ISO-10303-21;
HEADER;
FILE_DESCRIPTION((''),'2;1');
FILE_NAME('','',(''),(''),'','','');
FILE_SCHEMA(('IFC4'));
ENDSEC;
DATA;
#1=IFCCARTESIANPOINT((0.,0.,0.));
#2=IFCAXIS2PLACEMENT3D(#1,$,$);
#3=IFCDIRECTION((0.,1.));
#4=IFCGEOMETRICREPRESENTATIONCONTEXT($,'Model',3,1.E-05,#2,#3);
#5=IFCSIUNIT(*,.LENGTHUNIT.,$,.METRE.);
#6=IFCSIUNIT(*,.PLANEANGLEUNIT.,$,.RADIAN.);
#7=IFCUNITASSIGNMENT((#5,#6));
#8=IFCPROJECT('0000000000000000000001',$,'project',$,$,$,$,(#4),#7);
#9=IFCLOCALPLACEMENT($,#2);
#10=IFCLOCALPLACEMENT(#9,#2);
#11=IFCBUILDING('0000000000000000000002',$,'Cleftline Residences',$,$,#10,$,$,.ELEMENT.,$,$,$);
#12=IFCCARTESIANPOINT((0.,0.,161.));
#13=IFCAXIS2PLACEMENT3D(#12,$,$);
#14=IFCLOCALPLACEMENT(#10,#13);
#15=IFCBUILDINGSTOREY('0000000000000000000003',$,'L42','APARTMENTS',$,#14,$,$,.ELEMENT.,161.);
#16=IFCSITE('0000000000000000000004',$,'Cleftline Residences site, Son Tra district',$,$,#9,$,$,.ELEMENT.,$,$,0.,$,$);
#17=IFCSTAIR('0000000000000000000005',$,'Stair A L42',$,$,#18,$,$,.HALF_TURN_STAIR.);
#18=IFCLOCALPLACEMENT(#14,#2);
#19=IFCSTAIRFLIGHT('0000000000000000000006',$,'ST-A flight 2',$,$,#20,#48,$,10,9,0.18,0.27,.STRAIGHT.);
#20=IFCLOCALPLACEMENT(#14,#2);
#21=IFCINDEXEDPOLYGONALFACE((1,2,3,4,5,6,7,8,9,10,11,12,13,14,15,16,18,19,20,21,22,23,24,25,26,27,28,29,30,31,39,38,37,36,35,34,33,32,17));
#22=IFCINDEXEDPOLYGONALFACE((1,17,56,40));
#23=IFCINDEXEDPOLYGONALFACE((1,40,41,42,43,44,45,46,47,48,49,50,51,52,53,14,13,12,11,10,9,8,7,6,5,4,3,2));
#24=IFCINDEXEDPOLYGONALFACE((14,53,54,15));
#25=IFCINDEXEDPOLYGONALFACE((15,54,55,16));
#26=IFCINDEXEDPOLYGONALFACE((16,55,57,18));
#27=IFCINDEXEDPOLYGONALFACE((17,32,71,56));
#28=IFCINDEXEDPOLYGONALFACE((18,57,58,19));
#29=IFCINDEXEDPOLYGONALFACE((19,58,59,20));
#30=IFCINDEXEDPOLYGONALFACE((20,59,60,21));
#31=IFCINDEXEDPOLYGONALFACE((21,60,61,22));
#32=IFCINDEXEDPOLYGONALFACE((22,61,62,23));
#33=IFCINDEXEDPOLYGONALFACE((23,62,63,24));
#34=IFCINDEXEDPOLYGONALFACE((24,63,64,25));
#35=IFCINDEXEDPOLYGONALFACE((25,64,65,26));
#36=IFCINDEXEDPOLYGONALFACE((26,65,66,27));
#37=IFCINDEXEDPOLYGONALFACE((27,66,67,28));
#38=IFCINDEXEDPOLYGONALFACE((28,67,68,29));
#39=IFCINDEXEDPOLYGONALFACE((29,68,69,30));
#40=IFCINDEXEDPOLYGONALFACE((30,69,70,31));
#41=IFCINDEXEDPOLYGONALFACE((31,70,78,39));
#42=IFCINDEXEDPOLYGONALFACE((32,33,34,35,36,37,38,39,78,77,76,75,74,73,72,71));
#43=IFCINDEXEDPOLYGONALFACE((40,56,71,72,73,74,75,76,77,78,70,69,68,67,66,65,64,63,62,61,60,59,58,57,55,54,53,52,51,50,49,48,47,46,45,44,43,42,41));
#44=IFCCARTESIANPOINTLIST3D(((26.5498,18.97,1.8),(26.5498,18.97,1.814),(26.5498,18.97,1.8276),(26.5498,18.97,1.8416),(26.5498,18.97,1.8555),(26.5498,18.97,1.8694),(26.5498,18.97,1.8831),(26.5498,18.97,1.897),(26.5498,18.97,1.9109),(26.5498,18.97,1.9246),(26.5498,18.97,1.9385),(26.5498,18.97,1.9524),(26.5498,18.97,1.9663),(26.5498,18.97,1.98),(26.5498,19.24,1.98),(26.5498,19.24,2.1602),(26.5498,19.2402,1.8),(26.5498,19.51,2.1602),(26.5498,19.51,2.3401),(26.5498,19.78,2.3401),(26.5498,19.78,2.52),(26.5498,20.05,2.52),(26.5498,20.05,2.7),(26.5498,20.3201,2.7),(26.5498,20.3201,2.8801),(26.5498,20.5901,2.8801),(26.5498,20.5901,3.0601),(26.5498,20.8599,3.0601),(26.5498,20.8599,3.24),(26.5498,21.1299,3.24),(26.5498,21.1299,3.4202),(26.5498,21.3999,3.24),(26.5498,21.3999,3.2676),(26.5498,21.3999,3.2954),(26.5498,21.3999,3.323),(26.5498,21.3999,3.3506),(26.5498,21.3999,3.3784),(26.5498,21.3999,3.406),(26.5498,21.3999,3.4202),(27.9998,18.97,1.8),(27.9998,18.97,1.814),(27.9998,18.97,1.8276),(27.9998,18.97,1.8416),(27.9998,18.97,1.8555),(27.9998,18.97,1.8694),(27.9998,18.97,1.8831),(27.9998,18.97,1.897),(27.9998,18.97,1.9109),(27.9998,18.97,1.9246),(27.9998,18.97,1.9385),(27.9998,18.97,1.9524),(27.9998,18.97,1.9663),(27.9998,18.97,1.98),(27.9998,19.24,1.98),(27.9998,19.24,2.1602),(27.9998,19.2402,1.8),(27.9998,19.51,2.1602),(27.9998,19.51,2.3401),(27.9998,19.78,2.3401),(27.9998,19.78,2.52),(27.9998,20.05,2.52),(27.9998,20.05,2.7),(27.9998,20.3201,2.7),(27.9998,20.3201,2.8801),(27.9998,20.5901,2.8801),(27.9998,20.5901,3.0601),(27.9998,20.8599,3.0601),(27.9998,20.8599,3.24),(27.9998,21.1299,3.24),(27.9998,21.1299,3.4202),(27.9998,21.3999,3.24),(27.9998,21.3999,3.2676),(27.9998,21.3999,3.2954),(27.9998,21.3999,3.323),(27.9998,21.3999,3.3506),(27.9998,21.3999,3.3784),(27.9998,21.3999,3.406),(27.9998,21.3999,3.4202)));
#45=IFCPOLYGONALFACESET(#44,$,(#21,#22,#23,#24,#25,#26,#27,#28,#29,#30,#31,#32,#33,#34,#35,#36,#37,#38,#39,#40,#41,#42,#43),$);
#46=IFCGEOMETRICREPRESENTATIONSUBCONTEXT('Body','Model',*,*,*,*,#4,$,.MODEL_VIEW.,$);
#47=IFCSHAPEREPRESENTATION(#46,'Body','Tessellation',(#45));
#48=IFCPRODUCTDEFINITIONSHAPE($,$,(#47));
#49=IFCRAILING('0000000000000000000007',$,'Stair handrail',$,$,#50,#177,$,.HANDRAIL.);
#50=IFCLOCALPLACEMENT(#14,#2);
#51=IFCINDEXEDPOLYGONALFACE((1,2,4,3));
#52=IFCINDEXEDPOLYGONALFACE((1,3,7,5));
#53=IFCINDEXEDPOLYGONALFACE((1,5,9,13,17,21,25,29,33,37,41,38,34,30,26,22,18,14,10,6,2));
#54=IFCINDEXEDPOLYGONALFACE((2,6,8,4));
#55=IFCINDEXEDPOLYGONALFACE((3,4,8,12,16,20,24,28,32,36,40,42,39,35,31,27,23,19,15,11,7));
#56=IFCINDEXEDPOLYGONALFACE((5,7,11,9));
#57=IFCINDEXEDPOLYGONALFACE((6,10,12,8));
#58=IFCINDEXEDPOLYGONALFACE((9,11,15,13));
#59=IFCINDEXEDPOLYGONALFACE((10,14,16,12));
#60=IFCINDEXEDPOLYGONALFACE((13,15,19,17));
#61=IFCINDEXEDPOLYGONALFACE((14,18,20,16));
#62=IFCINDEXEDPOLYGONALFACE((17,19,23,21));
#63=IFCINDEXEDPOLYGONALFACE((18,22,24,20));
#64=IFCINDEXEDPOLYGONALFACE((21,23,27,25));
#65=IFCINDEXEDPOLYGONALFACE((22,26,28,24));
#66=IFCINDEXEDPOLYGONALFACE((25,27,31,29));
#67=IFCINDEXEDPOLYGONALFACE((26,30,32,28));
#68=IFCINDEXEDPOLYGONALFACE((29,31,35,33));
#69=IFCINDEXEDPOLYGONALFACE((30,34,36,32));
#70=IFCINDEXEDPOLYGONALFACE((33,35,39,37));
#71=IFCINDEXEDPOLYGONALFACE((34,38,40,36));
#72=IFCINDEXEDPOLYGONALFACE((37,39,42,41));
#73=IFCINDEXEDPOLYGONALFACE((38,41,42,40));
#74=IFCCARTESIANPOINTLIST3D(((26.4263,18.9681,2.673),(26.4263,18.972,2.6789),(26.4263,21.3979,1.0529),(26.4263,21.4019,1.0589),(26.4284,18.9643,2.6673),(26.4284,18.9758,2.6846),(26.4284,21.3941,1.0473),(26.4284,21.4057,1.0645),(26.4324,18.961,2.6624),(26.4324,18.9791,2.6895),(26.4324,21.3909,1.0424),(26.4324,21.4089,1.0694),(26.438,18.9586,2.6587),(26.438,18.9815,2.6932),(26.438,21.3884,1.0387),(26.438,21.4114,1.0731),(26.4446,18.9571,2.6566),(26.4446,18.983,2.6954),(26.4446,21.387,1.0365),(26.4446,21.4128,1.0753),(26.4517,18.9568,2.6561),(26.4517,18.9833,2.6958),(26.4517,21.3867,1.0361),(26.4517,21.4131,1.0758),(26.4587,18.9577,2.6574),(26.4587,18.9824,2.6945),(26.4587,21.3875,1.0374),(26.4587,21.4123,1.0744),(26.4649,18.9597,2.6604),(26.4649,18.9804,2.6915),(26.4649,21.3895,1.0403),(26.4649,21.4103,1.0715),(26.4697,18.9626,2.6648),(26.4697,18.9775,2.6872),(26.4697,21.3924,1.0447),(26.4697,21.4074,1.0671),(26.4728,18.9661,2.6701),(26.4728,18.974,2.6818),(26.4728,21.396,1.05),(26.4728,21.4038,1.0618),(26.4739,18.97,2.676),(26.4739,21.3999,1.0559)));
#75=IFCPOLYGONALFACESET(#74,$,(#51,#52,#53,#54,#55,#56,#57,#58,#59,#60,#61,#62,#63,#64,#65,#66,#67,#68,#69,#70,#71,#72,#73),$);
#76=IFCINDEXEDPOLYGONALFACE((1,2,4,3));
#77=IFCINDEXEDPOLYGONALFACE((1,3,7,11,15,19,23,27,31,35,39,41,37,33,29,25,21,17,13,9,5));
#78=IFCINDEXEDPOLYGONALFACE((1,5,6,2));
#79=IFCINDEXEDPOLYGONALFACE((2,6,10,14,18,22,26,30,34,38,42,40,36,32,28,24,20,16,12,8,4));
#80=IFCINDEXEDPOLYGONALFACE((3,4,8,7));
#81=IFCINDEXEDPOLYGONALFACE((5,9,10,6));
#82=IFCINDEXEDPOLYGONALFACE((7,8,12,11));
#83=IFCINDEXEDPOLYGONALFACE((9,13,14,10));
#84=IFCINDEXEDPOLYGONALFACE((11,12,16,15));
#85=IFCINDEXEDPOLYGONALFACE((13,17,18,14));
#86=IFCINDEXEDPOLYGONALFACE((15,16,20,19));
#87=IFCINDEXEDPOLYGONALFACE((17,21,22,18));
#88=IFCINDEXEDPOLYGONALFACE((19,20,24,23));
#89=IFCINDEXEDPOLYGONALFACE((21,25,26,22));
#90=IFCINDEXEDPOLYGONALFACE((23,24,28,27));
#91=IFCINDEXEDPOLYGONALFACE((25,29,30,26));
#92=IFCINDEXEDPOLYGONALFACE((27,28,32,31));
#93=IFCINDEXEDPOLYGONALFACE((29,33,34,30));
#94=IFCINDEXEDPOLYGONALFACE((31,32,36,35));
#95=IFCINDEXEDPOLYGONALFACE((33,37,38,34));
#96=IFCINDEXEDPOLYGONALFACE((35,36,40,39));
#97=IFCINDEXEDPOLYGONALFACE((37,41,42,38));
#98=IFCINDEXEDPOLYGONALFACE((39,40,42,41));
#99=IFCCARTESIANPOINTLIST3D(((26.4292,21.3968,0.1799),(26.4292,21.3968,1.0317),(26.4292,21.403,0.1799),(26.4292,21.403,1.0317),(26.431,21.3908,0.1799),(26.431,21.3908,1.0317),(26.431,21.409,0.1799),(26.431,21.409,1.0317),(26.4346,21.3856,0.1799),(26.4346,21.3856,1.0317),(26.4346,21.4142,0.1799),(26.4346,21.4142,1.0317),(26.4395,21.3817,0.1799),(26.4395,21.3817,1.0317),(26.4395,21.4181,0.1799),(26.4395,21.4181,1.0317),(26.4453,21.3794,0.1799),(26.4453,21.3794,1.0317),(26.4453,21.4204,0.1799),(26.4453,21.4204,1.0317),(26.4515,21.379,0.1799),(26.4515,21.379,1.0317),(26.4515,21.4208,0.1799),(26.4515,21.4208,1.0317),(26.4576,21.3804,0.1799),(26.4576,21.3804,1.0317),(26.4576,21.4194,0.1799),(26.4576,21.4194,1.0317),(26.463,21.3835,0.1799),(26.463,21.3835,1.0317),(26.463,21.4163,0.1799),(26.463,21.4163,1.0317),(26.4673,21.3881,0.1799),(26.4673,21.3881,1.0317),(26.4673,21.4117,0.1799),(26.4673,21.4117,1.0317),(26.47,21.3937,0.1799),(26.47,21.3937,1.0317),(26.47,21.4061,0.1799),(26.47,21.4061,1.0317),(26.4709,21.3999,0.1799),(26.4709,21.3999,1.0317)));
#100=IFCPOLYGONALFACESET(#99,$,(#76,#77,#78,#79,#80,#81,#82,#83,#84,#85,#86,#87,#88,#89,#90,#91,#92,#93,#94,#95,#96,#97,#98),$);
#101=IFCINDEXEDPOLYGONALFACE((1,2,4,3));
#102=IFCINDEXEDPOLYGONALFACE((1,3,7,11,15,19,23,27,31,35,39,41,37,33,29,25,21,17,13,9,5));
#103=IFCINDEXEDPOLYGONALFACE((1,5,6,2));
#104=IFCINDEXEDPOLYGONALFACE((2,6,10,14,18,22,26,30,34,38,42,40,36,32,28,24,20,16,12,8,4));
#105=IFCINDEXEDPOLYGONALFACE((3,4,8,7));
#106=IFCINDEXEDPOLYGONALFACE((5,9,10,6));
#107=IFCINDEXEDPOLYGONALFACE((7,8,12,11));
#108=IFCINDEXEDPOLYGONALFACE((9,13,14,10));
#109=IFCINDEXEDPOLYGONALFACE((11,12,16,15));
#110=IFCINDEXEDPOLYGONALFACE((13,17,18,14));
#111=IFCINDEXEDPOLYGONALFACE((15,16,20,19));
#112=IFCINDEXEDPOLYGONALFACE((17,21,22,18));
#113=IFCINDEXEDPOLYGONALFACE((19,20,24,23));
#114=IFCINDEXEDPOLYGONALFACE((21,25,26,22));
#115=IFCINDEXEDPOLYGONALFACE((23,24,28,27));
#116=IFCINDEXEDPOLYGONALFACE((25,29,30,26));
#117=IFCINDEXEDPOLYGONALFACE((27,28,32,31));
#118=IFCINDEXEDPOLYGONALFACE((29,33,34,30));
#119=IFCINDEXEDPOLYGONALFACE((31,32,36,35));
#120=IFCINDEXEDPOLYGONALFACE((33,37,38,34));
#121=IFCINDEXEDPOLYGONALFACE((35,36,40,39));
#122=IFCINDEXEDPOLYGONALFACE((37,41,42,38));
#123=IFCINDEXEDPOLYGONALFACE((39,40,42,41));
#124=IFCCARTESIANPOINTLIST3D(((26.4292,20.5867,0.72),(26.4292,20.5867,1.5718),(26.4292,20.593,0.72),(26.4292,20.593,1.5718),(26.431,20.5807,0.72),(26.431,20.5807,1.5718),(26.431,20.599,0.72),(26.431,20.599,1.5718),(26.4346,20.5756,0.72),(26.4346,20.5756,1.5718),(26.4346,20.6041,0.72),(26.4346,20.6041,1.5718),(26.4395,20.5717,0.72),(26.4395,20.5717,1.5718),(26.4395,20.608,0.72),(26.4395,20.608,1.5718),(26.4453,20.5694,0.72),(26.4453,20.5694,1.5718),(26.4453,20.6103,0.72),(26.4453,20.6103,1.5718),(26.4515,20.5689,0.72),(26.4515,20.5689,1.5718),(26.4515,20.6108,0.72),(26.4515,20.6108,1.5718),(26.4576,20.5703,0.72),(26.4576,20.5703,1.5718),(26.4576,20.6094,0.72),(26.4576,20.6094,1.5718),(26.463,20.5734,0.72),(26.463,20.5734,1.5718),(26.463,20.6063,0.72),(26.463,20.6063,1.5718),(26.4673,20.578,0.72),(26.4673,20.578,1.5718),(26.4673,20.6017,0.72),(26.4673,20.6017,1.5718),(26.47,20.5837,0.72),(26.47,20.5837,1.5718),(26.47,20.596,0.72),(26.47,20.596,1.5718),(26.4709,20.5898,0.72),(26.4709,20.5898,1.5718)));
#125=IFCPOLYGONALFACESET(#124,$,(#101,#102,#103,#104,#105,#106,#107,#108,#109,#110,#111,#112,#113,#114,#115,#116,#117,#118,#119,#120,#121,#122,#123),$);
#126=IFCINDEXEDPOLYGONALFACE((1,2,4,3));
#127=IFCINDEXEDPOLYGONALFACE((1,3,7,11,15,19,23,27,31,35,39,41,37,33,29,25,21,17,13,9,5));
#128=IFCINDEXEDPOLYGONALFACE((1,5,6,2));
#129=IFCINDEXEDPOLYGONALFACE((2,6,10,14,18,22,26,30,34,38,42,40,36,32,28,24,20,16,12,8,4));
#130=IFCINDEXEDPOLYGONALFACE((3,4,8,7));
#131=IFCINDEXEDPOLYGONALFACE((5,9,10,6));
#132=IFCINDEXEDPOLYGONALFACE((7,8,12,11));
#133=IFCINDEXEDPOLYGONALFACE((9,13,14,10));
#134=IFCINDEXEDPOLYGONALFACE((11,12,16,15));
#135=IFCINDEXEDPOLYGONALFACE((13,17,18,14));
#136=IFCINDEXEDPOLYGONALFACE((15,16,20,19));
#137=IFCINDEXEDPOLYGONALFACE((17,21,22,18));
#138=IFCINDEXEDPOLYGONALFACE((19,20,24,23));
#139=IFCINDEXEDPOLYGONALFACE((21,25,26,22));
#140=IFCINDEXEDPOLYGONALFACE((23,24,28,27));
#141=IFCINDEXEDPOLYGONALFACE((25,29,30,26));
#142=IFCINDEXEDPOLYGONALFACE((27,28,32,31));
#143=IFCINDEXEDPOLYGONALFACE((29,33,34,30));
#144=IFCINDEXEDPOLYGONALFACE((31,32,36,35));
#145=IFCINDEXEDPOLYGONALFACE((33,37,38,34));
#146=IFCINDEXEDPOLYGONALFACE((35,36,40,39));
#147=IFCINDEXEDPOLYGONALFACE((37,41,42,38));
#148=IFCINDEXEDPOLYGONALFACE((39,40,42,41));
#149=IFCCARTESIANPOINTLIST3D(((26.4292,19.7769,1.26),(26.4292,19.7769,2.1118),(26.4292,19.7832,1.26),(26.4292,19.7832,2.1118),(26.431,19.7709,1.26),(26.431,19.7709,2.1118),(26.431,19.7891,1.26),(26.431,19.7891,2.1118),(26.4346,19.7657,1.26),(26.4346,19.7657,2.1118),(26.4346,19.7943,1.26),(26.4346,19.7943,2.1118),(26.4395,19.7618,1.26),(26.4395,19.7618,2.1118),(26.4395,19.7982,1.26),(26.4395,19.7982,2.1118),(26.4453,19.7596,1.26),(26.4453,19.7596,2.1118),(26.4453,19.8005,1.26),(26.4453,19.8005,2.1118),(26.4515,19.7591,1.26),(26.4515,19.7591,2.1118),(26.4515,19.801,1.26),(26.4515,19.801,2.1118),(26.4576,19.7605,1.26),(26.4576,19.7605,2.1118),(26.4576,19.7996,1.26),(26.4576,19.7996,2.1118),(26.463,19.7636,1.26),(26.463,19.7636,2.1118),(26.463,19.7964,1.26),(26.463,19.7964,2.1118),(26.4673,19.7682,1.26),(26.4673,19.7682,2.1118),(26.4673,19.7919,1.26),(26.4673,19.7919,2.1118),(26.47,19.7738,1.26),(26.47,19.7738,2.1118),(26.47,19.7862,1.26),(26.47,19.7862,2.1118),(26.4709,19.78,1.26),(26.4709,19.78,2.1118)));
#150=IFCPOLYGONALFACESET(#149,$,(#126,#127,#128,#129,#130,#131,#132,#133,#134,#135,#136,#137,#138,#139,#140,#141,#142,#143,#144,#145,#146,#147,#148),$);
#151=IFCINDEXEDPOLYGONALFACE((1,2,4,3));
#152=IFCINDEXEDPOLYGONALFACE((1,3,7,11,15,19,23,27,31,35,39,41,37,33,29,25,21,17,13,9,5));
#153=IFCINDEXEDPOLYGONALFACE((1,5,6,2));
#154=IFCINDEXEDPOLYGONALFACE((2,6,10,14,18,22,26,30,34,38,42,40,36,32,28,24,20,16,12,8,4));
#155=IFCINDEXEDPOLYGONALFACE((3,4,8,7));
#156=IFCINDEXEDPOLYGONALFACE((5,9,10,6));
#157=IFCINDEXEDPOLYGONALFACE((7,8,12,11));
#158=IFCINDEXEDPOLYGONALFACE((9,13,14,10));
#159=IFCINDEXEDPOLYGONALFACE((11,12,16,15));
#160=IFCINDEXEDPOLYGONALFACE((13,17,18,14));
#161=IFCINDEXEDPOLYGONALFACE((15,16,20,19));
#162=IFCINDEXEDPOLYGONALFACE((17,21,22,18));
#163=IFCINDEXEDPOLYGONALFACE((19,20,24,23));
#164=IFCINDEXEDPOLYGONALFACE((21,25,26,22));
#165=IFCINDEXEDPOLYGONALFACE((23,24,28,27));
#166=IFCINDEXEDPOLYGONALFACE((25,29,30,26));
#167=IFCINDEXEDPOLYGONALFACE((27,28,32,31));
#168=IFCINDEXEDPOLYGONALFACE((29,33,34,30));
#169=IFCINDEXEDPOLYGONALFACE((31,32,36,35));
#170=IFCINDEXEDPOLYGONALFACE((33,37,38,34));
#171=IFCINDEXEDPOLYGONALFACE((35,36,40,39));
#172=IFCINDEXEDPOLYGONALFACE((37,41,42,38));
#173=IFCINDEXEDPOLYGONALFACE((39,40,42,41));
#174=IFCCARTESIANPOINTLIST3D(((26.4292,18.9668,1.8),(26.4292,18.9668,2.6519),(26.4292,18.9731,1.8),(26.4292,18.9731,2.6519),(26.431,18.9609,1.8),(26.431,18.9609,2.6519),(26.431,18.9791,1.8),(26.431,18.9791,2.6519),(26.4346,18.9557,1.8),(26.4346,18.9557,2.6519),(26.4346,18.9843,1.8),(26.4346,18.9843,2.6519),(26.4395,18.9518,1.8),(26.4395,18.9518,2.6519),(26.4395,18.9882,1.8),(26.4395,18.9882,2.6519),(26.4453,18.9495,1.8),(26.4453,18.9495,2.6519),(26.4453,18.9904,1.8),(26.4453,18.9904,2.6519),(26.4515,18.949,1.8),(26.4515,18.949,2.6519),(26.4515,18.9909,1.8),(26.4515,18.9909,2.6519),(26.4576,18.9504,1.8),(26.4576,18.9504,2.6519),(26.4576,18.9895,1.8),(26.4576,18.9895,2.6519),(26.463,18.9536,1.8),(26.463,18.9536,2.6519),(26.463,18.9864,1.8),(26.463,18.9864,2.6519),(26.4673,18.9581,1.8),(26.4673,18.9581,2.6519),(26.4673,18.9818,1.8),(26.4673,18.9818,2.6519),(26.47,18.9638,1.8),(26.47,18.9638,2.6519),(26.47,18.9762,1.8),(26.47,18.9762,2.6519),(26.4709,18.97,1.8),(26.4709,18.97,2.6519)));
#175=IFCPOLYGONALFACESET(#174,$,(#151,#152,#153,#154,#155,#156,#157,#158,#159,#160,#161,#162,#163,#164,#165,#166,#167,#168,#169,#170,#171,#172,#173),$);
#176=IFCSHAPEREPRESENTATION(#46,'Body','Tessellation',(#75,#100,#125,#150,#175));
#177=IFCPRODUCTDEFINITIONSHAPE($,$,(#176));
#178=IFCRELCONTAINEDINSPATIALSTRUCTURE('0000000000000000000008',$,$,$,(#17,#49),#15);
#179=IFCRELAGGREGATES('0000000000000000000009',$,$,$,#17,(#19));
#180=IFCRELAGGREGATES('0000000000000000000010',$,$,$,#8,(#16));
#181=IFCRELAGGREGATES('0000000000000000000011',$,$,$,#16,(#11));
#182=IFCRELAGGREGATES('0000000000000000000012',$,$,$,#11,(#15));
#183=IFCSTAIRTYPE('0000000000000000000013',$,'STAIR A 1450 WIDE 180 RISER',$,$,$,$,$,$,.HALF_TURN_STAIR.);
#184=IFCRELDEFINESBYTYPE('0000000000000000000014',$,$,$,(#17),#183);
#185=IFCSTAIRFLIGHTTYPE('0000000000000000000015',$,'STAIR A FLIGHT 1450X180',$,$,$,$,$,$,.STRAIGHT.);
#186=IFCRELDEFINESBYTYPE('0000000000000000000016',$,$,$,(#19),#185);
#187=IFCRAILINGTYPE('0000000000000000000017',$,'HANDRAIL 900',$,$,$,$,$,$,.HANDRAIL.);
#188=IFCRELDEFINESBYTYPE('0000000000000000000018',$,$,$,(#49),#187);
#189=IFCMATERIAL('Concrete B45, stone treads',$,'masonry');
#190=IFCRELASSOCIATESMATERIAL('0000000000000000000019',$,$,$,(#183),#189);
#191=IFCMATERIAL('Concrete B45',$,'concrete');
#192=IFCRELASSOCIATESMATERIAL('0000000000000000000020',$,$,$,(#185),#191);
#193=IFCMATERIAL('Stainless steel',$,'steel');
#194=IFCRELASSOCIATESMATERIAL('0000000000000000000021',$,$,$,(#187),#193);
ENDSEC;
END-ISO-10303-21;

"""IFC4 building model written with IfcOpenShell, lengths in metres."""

from ifc_helpers import new_model, si_unit, direction, frame, origin, origin_2d, place, context, subcontext, project, spatial, polyline, circle, outline, extrude, material, type_object, element, aggregate, save


model = new_model("IFC4")

# Units and contexts
model_context = context("Model", 3, precision=1e-05, world=origin(), true_north=direction((0.0, 1.0)))
body_context = subcontext(model_context, "Body", "Model", "MODEL_VIEW")
ifc_project = project(units=[si_unit("LENGTHUNIT", "METRE"), si_unit("PLANEANGLEUNIT", "RADIAN")], contexts=[model_context])

# Site, building, storey
site_placement = place(None, origin())
site = spatial("IfcSite", under=ifc_project, at=site_placement, Name="Cleftline Residences site, Son Tra district", CompositionType="ELEMENT", RefElevation=0.0)
building_placement = place(site_placement, origin())
building = spatial("IfcBuilding", under=site, at=building_placement, Name="Cleftline Residences", CompositionType="ELEMENT")
storey_placement = place(building_placement, frame((0.0, 0.0, 161.0)))
storey = spatial("IfcBuildingStorey", under=building, at=storey_placement, Name="L42", Description="APARTMENTS", CompositionType="ELEMENT", Elevation=161.0)

# Stair, stair flight
ifc_material_1 = material(Name="Concrete B45, stone treads", Category="masonry")
stair_type = type_object("IfcStairType", Name="STAIR A 1450 WIDE 180 RISER", PredefinedType="HALF_TURN_STAIR", material=ifc_material_1)
stair_placement = place(storey_placement, origin())
stair = element("IfcStair", 1, at=stair_placement, inside=storey, type_object=stair_type, Name="Stair A L42", PredefinedType="HALF_TURN_STAIR")
ifc_material_2 = material(Name="Concrete B45", Category="concrete")
stair_flight_type = type_object("IfcStairFlightType", Name="STAIR A FLIGHT 1450X180", PredefinedType="STRAIGHT", material=ifc_material_2)
stair_flight_1_placement = place(storey_placement, frame((27.2749, 18.97, 1.8), z_axis=(0.0, 0.0, 1.0), x_axis=(0.0, 1.0, 0.0)))
stair_flight_1 = element("IfcStairFlight", 2, at=stair_flight_1_placement, type_object=stair_flight_type, Name="ST-A flight 2", NumberOfRisers=10, NumberOfTreads=9, PredefinedType="STRAIGHT", RiserHeight=0.18, TreadLength=0.27, context=body_context, shape_type="SweptSolid", body=[
    extrude(outline(polyline([(0.0, 0.0), (0.0, 0.0139), (0.0, 0.0276), (0.0, 0.0415), (0.0, 0.0554), (0.0, 0.0693), (0.0, 0.083), (0.0, 0.0969), (0.0, 0.1108), (0.0, 0.1245), (0.0, 0.1384), (0.0, 0.1523), (0.0, 0.1663), (0.0, 0.1799), (0.27, 0.1799), (0.27, 0.3601), (0.54, 0.3601), (0.54, 0.54), (0.8101, 0.54), (0.8101, 0.72), (1.0801, 0.72), (1.0801, 0.8999), (1.3501, 0.8999), (1.3501, 1.0801), (1.6201, 1.0801), (1.6201, 1.26), (1.8899, 1.26), (1.8899, 1.4399), (2.1599, 1.4399), (2.1599, 1.6201), (2.4299, 1.6201), (2.4299, 1.8), (2.4299, 1.7722), (2.4299, 1.7446), (2.4299, 1.7168), (2.4299, 1.6892), (2.4299, 1.6614), (2.4299, 1.6338), (2.4299, 1.606), (2.4299, 1.5784), (2.4299, 1.5505), (2.4299, 1.5229), (2.4299, 1.4954), (2.4299, 1.4675), (2.4299, 1.4399), (0.2703, 0.0), (0.0, 0.0)])), frame((0.0, 0.7251, 0.0), z_axis=(0.0, -1.0, 0.0), x_axis=(1.0, 0.0, 0.0)), (0.0, 0.0, 1.0), 1.45),
])
aggregate(stair, [stair_flight_1])

# Railing
ifc_material_3 = material(Name="Stainless steel", Category="steel")
railing_type = type_object("IfcRailingType", Name="HANDRAIL 900", PredefinedType="HANDRAIL", material=ifc_material_3)
railing_1_placement = place(storey_placement, frame((26.45, 21.3999, 0.1799)))
element("IfcRailing", 3, at=railing_1_placement, inside=storey, type_object=railing_type, Name="Stair handrail", PredefinedType="HANDRAIL", context=body_context, shape_type="SweptSolid", body=[
    extrude(circle(Radius=0.0239, at=origin_2d()), frame((0.0, 0.0, 0.876), z_axis=(0.0, -0.832025, 0.554739), x_axis=(1.0, 0.0, 0.0)), (0.0, 0.0, 1.0), 2.9204),
    extrude(circle(Radius=0.021, at=origin_2d()), origin(), (0.0, 0.0, 1.0), 0.8518),
    extrude(circle(Radius=0.021, at=origin_2d()), frame((0.0, -0.8101, 0.54)), (0.0, 0.0, 1.0), 0.8518),
    extrude(circle(Radius=0.021, at=origin_2d()), frame((0.0, -1.6199, 1.0801)), (0.0, 0.0, 1.0), 0.8518),
    extrude(circle(Radius=0.021, at=origin_2d()), frame((0.0, -2.4299, 1.6201)), (0.0, 0.0, 1.0), 0.8518),
])

save(model, "model.ifc")
